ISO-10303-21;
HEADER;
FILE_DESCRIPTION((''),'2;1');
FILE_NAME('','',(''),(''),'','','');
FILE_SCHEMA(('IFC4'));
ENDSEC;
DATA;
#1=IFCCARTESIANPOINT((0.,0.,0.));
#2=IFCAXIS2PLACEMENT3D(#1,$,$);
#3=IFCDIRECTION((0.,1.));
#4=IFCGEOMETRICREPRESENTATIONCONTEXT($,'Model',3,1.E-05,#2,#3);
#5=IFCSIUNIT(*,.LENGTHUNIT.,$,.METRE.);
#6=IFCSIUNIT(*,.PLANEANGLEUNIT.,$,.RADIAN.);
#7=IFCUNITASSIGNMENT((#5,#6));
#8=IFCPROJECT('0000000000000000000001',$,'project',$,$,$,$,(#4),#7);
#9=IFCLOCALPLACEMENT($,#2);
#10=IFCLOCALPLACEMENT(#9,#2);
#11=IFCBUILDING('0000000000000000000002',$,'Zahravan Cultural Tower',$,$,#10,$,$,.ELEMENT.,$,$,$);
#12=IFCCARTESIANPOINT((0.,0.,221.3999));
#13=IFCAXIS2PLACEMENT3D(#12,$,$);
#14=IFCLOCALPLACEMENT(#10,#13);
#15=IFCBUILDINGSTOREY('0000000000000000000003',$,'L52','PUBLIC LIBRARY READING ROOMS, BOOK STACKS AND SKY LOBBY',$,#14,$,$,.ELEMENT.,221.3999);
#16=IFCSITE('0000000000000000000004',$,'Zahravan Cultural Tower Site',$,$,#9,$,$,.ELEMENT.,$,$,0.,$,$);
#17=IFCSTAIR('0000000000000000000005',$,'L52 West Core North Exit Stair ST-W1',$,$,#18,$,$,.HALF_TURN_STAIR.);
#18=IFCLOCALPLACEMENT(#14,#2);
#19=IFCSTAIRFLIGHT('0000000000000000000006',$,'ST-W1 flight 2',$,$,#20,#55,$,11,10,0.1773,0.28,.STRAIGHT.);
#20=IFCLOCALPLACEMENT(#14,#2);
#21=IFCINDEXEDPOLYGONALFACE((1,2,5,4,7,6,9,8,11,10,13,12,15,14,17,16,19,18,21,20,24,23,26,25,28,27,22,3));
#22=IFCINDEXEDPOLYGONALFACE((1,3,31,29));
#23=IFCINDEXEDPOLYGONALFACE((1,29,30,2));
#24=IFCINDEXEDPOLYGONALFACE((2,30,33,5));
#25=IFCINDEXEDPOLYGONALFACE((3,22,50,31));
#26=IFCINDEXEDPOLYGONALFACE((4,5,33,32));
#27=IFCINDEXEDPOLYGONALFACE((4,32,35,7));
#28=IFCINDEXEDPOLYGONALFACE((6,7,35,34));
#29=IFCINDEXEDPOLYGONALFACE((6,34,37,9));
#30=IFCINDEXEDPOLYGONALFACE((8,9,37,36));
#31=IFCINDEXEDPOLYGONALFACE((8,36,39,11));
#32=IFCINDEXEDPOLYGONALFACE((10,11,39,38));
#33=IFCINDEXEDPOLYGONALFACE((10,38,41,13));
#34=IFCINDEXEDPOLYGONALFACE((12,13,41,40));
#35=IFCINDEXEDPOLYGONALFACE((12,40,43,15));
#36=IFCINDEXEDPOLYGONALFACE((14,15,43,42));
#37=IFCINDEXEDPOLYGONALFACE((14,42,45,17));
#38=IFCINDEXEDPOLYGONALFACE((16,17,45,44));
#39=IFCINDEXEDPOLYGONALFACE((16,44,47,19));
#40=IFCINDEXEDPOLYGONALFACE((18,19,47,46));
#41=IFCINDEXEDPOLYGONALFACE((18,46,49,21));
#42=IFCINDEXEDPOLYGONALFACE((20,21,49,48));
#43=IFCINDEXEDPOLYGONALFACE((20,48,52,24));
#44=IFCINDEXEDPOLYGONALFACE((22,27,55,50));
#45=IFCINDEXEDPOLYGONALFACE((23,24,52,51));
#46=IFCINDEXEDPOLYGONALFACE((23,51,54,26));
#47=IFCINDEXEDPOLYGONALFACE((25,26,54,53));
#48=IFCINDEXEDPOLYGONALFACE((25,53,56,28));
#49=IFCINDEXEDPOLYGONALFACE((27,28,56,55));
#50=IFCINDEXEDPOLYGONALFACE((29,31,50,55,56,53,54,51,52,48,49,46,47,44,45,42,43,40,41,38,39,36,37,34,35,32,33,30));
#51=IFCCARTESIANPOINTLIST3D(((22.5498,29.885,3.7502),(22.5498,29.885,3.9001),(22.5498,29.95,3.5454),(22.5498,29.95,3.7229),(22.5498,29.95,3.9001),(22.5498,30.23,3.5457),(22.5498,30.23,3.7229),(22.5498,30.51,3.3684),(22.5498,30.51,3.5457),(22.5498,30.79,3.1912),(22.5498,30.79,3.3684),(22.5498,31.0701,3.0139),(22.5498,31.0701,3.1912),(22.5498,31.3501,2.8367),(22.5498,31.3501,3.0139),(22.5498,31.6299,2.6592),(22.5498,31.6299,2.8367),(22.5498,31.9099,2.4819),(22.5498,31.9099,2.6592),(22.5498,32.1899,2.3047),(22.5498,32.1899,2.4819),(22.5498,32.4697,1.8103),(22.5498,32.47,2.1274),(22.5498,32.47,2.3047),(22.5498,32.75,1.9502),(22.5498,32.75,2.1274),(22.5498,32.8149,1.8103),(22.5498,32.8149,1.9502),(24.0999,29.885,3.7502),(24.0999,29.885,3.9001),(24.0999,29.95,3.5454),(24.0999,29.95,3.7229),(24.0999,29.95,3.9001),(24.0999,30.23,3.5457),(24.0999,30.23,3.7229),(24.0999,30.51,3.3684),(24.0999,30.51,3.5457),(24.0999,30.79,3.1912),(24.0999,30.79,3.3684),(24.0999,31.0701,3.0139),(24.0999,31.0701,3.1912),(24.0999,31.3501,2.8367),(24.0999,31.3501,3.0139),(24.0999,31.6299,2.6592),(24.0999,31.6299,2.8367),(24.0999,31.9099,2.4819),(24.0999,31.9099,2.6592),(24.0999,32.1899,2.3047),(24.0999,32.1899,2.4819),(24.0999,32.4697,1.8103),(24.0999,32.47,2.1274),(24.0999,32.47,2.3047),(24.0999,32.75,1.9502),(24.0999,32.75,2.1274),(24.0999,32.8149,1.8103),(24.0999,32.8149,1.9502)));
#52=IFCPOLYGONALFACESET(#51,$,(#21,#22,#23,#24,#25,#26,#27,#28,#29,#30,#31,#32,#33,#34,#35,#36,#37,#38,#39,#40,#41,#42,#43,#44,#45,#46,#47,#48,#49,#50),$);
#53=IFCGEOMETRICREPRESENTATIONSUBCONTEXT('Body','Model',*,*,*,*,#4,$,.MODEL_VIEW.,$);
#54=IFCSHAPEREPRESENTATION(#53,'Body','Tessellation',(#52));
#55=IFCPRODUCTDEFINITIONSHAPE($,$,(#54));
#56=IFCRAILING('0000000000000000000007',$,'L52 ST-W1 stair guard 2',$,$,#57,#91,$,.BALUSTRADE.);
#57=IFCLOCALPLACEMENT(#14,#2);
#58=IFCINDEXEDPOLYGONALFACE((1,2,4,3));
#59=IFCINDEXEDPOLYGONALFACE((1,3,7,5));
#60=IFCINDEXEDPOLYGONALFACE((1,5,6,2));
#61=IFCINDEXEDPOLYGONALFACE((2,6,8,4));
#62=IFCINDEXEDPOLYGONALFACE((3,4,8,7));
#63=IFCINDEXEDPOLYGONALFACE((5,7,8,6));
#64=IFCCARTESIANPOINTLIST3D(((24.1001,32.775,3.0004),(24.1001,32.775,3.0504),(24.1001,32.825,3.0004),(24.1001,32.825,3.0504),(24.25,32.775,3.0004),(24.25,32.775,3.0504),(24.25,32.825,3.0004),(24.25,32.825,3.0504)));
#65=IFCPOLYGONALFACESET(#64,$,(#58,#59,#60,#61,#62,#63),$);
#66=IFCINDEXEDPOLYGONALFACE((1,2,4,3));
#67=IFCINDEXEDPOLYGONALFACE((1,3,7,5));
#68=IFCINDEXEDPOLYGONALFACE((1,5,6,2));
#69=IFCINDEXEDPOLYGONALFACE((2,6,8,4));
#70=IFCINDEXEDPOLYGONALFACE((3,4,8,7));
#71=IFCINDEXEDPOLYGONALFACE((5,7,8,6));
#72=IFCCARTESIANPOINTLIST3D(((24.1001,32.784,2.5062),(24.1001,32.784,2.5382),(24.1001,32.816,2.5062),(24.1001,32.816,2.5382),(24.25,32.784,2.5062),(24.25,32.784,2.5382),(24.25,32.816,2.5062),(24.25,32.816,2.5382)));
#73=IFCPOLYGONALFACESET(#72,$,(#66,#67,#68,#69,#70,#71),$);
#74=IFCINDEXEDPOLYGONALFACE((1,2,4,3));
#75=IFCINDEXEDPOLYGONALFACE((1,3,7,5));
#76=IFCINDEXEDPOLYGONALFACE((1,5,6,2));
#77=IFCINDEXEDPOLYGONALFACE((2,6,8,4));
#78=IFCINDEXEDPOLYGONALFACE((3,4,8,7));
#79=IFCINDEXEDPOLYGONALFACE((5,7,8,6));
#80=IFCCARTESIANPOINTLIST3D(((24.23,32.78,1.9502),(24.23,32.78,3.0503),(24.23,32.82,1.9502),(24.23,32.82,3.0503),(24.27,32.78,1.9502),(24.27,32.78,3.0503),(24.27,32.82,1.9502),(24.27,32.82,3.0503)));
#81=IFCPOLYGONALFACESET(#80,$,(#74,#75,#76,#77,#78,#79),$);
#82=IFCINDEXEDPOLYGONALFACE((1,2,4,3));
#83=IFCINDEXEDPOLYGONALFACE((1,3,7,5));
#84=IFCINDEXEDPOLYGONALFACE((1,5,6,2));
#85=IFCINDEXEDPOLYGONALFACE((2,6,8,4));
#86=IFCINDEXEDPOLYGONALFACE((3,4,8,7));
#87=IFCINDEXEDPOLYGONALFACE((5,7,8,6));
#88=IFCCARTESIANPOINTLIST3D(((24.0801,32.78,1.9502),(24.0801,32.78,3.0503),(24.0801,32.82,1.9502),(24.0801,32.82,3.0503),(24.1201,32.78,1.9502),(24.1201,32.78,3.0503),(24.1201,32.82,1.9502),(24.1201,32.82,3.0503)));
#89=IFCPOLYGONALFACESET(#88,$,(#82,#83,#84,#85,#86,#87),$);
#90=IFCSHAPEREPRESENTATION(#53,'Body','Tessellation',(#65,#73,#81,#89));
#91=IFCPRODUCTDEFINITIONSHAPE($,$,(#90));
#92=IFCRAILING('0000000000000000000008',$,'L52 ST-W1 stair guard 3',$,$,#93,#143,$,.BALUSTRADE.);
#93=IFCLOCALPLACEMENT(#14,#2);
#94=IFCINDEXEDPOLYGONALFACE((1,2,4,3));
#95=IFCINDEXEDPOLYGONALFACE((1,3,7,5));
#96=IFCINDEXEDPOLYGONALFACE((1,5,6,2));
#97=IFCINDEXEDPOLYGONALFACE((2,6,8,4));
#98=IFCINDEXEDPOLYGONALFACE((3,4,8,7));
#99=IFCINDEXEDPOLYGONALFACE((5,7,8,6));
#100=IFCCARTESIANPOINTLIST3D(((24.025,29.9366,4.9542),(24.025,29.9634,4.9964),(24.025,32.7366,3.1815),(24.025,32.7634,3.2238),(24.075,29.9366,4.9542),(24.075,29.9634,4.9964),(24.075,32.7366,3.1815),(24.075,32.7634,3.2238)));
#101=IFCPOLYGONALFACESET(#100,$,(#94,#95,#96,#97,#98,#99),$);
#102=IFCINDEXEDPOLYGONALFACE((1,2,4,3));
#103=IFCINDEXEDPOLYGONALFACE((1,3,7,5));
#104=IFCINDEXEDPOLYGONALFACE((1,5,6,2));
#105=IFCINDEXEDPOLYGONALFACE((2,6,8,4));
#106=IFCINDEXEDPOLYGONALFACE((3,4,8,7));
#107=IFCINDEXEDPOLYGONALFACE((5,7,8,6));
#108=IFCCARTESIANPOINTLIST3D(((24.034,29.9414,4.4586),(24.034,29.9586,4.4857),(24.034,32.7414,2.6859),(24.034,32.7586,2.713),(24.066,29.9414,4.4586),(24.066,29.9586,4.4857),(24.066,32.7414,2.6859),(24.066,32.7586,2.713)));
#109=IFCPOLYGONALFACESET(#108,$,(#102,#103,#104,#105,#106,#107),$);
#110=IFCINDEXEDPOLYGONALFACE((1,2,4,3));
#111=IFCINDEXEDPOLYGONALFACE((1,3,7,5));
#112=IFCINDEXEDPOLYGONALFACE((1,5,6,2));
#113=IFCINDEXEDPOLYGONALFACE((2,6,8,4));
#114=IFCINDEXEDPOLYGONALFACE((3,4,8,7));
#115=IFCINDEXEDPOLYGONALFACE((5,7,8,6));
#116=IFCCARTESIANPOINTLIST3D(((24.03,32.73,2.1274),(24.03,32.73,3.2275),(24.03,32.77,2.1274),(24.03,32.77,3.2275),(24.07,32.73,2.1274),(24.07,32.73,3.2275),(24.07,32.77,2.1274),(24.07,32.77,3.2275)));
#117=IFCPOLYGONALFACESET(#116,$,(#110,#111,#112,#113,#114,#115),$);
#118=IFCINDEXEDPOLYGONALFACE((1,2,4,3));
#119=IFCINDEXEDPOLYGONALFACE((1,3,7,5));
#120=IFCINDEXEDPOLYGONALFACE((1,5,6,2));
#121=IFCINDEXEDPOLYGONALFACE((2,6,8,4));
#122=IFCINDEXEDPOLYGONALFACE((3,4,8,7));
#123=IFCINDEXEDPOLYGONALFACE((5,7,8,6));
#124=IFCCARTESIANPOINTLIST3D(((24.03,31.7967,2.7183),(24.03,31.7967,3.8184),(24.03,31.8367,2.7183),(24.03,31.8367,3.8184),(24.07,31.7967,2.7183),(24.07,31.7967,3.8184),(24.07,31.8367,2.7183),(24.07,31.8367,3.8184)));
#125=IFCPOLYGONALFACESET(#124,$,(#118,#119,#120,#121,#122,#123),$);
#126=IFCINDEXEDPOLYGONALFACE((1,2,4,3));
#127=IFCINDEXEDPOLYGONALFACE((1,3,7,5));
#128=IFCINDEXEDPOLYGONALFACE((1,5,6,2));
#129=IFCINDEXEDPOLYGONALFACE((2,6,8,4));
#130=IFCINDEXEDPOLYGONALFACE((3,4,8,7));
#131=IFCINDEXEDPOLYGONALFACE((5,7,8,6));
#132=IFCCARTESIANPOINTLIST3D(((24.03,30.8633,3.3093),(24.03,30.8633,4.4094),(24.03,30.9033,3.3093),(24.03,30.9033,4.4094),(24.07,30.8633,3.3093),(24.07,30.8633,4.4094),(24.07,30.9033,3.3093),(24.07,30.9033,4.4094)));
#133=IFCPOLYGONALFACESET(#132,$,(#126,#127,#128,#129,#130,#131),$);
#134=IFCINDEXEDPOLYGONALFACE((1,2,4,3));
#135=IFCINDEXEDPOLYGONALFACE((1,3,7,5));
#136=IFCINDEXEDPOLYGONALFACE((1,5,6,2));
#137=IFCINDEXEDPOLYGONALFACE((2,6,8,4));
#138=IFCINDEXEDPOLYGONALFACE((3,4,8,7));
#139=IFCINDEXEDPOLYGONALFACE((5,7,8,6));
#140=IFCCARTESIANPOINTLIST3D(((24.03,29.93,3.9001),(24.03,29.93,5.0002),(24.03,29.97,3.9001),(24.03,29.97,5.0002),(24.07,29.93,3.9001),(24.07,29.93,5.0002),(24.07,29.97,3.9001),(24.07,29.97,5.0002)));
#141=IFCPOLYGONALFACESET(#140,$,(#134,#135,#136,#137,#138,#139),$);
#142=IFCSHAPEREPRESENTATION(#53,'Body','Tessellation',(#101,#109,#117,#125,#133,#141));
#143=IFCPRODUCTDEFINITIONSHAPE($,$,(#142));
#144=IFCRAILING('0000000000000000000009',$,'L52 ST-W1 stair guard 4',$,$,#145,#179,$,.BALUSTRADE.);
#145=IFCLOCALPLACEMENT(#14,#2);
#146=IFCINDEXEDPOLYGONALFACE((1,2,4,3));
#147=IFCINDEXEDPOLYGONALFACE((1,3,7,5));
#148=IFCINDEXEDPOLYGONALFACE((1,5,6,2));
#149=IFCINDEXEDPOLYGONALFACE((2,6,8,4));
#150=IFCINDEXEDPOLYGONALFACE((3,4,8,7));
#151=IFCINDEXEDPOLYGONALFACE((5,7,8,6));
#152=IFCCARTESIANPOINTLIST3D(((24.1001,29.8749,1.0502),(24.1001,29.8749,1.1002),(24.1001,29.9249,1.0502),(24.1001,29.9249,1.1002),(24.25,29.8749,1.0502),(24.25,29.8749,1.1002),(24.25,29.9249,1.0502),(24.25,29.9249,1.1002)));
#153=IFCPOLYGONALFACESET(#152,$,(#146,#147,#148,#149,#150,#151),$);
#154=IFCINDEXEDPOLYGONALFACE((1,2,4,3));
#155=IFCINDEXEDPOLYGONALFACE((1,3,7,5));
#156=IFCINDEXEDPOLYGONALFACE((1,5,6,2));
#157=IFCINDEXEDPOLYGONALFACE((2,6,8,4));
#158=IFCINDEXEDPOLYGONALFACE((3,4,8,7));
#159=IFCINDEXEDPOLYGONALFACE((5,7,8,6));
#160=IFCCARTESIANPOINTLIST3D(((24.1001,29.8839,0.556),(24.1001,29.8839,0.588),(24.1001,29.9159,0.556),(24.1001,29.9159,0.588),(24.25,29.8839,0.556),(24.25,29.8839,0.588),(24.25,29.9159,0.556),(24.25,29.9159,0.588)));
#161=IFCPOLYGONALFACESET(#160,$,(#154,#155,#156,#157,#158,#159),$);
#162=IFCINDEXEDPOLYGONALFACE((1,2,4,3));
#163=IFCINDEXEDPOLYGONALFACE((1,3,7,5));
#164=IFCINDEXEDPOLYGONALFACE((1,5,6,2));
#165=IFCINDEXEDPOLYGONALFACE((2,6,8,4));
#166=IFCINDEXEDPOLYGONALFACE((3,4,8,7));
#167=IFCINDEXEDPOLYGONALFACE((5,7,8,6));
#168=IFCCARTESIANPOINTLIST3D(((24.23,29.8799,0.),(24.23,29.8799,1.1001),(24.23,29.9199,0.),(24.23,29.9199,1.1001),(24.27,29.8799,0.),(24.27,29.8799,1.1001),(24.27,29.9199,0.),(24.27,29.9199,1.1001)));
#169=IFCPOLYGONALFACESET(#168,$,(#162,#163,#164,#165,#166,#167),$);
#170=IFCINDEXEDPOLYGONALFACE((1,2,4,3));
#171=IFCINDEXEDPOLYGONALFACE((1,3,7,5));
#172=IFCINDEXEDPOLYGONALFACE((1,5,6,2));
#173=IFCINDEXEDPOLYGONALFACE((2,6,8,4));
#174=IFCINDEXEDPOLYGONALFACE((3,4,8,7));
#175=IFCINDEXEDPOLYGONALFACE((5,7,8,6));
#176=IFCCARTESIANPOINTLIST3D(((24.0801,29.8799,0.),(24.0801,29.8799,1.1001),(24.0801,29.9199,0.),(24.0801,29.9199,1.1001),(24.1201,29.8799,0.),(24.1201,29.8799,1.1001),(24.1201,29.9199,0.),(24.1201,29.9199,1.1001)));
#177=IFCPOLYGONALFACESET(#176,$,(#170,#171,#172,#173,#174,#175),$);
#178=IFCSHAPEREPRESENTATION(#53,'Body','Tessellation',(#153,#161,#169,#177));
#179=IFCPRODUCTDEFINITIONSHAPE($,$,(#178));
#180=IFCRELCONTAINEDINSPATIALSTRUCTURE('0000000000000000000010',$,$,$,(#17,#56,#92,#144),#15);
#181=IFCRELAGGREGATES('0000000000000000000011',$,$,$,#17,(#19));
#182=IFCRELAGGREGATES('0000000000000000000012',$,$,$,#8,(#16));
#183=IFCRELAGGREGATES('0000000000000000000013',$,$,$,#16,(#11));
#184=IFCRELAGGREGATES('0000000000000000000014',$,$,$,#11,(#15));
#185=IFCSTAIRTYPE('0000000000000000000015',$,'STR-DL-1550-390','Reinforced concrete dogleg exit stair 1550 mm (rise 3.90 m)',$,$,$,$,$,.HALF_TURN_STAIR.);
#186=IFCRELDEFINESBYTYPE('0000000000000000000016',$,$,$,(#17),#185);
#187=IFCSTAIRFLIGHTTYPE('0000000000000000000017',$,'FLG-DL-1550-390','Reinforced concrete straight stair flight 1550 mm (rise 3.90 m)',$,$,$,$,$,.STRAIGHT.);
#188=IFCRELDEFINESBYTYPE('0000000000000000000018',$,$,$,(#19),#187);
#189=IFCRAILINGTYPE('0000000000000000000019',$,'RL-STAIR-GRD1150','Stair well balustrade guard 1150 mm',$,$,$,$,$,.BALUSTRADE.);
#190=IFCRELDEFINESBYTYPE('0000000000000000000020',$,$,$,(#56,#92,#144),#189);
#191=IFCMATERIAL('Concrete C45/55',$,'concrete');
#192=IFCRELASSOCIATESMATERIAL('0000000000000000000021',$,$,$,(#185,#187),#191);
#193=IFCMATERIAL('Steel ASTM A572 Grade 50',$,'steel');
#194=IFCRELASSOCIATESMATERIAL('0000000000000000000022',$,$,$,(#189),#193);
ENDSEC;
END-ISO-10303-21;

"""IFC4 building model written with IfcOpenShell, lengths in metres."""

from ifc_helpers import new_model, si_unit, direction, frame, origin, origin_2d, place, context, subcontext, project, spatial, polyline, rectangle, outline, extrude, material, type_object, element, aggregate, save


model = new_model("IFC4")

# Units and contexts
model_context = context("Model", 3, precision=1e-05, world=origin(), true_north=direction((0.0, 1.0)))
body_context = subcontext(model_context, "Body", "Model", "MODEL_VIEW")
ifc_project = project(units=[si_unit("LENGTHUNIT", "METRE"), si_unit("PLANEANGLEUNIT", "RADIAN")], contexts=[model_context])

# Site, building, storey
site_placement = place(None, origin())
site = spatial("IfcSite", under=ifc_project, at=site_placement, Name="Zahravan Cultural Tower Site", CompositionType="ELEMENT", RefElevation=0.0)
building_placement = place(site_placement, origin())
building = spatial("IfcBuilding", under=site, at=building_placement, Name="Zahravan Cultural Tower", CompositionType="ELEMENT")
storey_placement = place(building_placement, frame((0.0, 0.0, 221.3999)))
storey = spatial("IfcBuildingStorey", under=building, at=storey_placement, Name="L52", Description="PUBLIC LIBRARY READING ROOMS, BOOK STACKS AND SKY LOBBY", CompositionType="ELEMENT", Elevation=221.3999)

# Shared definitions
ifc_material_1 = material(Name="Concrete C45/55", Category="concrete")

# Stair, stair flight
stair_type = type_object("IfcStairType", Name="STR-DL-1550-390", Description="Reinforced concrete dogleg exit stair 1550 mm (rise 3.90 m)", PredefinedType="HALF_TURN_STAIR", material=ifc_material_1)
stair_placement = place(storey_placement, origin())
stair = element("IfcStair", 1, at=stair_placement, inside=storey, type_object=stair_type, Name="L52 West Core North Exit Stair ST-W1", PredefinedType="HALF_TURN_STAIR")
stair_flight_type = type_object("IfcStairFlightType", Name="FLG-DL-1550-390", Description="Reinforced concrete straight stair flight 1550 mm (rise 3.90 m)", PredefinedType="STRAIGHT", material=ifc_material_1)
stair_flight_placement = place(storey_placement, frame((23.325, 32.75, 1.9502), z_axis=(0.0, 0.0, 1.0), x_axis=(0.0, -1.0, 0.0)))
stair_flight = element("IfcStairFlight", 2, at=stair_flight_placement, type_object=stair_flight_type, Name="ST-W1 flight 2", NumberOfRisers=11, NumberOfTreads=10, PredefinedType="STRAIGHT", RiserHeight=0.1773, TreadLength=0.28, context=body_context, shape_type="SweptSolid", body=[
    extrude(outline(polyline([(-0.0649, -0.1399), (-0.0649, 0.0), (0.0, 0.0), (0.0, 0.1772), (0.28, 0.1772), (0.28, 0.3545), (0.5601, 0.3545), (0.5601, 0.5317), (0.8401, 0.5317), (0.8401, 0.709), (1.1201, 0.709), (1.1201, 0.8865), (1.3999, 0.8865), (1.3999, 1.0637), (1.6799, 1.0637), (1.6799, 1.241), (1.96, 1.241), (1.96, 1.4182), (2.24, 1.4182), (2.24, 1.5955), (2.52, 1.5955), (2.52, 1.7727), (2.8, 1.7727), (2.8, 1.95), (2.865, 1.95), (2.865, 1.8), (2.8, 1.5952), (0.2803, -0.1399), (-0.0649, -0.1399)])), frame((0.0, 0.7749, 0.0), z_axis=(0.0, -1.0, 0.0), x_axis=(1.0, 0.0, 0.0)), (0.0, 0.0, 1.0), 1.55),
])
aggregate(stair, [stair_flight])

# Railings
ifc_material_2 = material(Name="Steel ASTM A572 Grade 50", Category="steel")
railing_type_1 = type_object("IfcRailingType", Name="RL-STAIR-GRD1150", Description="Stair well balustrade guard 1150 mm", PredefinedType="BALUSTRADE", material=ifc_material_2)
railing_1_placement = place(storey_placement, frame((24.25, 32.8, 1.9502)))
element("IfcRailing", 3, at=railing_1_placement, inside=storey, type_object=railing_type_1, Name="L52 ST-W1 stair guard 2", PredefinedType="BALUSTRADE", context=body_context, shape_type="SweptSolid", body=[
    extrude(rectangle(XDim=0.05, YDim=0.05, at=origin_2d()), frame((0.0, 0.0, 1.0752), z_axis=(-1.0, 0.0, 0.0), x_axis=(0.0, -1.0, 0.0)), (0.0, 0.0, 1.0), 0.1499),
    extrude(rectangle(XDim=0.032, YDim=0.032, at=origin_2d()), frame((0.0, 0.0, 0.572), z_axis=(-1.0, 0.0, 0.0), x_axis=(0.0, -1.0, 0.0)), (0.0, 0.0, 1.0), 0.1499),
    extrude(rectangle(XDim=0.04, YDim=0.04, at=origin_2d()), origin(), (0.0, 0.0, 1.0), 1.1001),
    extrude(rectangle(XDim=0.04, YDim=0.04, at=origin_2d()), frame((-0.1499, 0.0, 0.0)), (0.0, 0.0, 1.0), 1.1001),
])
railing_2_placement = place(storey_placement, frame((24.05, 32.75, 2.1274)))
element("IfcRailing", 4, at=railing_2_placement, inside=storey, type_object=railing_type_1, Name="L52 ST-W1 stair guard 3", PredefinedType="BALUSTRADE", context=body_context, shape_type="SweptSolid", body=[
    extrude(rectangle(XDim=0.05, YDim=0.05, at=origin_2d()), frame((0.0, 0.0, 1.0752), z_axis=(0.0, -0.844909, 0.53491), x_axis=(1.0, 0.0, 0.0)), (0.0, 0.0, 1.0), 3.314),
    extrude(rectangle(XDim=0.032, YDim=0.032, at=origin_2d()), frame((0.0, 0.0, 0.572), z_axis=(0.0, -0.844909, 0.53491), x_axis=(1.0, 0.0, 0.0)), (0.0, 0.0, 1.0), 3.314),
    extrude(rectangle(XDim=0.04, YDim=0.04, at=origin_2d()), origin(), (0.0, 0.0, 1.0), 1.1001),
    extrude(rectangle(XDim=0.04, YDim=0.04, at=origin_2d()), frame((0.0, -0.9333, 0.5908)), (0.0, 0.0, 1.0), 1.1001),
    extrude(rectangle(XDim=0.04, YDim=0.04, at=origin_2d()), frame((0.0, -1.8667, 1.1819)), (0.0, 0.0, 1.0), 1.1001),
    extrude(rectangle(XDim=0.04, YDim=0.04, at=origin_2d()), frame((0.0, -2.8, 1.7727)), (0.0, 0.0, 1.0), 1.1001),
])
railing_3_placement = place(storey_placement, frame((24.25, 29.8999, 0.0)))
element("IfcRailing", 5, at=railing_3_placement, inside=storey, type_object=railing_type_1, Name="L52 ST-W1 stair guard 4", PredefinedType="BALUSTRADE", context=body_context, shape_type="SweptSolid", body=[
    extrude(rectangle(XDim=0.05, YDim=0.05, at=origin_2d()), frame((0.0, 0.0, 1.0752), z_axis=(-1.0, 0.0, 0.0), x_axis=(0.0, -1.0, 0.0)), (0.0, 0.0, 1.0), 0.1499),
    extrude(rectangle(XDim=0.032, YDim=0.032, at=origin_2d()), frame((0.0, 0.0, 0.572), z_axis=(-1.0, 0.0, 0.0), x_axis=(0.0, -1.0, 0.0)), (0.0, 0.0, 1.0), 0.1499),
    extrude(rectangle(XDim=0.04, YDim=0.04, at=origin_2d()), origin(), (0.0, 0.0, 1.0), 1.1001),
    extrude(rectangle(XDim=0.04, YDim=0.04, at=origin_2d()), frame((-0.1499, 0.0, 0.0)), (0.0, 0.0, 1.0), 1.1001),
])

save(model, "model.ifc")
